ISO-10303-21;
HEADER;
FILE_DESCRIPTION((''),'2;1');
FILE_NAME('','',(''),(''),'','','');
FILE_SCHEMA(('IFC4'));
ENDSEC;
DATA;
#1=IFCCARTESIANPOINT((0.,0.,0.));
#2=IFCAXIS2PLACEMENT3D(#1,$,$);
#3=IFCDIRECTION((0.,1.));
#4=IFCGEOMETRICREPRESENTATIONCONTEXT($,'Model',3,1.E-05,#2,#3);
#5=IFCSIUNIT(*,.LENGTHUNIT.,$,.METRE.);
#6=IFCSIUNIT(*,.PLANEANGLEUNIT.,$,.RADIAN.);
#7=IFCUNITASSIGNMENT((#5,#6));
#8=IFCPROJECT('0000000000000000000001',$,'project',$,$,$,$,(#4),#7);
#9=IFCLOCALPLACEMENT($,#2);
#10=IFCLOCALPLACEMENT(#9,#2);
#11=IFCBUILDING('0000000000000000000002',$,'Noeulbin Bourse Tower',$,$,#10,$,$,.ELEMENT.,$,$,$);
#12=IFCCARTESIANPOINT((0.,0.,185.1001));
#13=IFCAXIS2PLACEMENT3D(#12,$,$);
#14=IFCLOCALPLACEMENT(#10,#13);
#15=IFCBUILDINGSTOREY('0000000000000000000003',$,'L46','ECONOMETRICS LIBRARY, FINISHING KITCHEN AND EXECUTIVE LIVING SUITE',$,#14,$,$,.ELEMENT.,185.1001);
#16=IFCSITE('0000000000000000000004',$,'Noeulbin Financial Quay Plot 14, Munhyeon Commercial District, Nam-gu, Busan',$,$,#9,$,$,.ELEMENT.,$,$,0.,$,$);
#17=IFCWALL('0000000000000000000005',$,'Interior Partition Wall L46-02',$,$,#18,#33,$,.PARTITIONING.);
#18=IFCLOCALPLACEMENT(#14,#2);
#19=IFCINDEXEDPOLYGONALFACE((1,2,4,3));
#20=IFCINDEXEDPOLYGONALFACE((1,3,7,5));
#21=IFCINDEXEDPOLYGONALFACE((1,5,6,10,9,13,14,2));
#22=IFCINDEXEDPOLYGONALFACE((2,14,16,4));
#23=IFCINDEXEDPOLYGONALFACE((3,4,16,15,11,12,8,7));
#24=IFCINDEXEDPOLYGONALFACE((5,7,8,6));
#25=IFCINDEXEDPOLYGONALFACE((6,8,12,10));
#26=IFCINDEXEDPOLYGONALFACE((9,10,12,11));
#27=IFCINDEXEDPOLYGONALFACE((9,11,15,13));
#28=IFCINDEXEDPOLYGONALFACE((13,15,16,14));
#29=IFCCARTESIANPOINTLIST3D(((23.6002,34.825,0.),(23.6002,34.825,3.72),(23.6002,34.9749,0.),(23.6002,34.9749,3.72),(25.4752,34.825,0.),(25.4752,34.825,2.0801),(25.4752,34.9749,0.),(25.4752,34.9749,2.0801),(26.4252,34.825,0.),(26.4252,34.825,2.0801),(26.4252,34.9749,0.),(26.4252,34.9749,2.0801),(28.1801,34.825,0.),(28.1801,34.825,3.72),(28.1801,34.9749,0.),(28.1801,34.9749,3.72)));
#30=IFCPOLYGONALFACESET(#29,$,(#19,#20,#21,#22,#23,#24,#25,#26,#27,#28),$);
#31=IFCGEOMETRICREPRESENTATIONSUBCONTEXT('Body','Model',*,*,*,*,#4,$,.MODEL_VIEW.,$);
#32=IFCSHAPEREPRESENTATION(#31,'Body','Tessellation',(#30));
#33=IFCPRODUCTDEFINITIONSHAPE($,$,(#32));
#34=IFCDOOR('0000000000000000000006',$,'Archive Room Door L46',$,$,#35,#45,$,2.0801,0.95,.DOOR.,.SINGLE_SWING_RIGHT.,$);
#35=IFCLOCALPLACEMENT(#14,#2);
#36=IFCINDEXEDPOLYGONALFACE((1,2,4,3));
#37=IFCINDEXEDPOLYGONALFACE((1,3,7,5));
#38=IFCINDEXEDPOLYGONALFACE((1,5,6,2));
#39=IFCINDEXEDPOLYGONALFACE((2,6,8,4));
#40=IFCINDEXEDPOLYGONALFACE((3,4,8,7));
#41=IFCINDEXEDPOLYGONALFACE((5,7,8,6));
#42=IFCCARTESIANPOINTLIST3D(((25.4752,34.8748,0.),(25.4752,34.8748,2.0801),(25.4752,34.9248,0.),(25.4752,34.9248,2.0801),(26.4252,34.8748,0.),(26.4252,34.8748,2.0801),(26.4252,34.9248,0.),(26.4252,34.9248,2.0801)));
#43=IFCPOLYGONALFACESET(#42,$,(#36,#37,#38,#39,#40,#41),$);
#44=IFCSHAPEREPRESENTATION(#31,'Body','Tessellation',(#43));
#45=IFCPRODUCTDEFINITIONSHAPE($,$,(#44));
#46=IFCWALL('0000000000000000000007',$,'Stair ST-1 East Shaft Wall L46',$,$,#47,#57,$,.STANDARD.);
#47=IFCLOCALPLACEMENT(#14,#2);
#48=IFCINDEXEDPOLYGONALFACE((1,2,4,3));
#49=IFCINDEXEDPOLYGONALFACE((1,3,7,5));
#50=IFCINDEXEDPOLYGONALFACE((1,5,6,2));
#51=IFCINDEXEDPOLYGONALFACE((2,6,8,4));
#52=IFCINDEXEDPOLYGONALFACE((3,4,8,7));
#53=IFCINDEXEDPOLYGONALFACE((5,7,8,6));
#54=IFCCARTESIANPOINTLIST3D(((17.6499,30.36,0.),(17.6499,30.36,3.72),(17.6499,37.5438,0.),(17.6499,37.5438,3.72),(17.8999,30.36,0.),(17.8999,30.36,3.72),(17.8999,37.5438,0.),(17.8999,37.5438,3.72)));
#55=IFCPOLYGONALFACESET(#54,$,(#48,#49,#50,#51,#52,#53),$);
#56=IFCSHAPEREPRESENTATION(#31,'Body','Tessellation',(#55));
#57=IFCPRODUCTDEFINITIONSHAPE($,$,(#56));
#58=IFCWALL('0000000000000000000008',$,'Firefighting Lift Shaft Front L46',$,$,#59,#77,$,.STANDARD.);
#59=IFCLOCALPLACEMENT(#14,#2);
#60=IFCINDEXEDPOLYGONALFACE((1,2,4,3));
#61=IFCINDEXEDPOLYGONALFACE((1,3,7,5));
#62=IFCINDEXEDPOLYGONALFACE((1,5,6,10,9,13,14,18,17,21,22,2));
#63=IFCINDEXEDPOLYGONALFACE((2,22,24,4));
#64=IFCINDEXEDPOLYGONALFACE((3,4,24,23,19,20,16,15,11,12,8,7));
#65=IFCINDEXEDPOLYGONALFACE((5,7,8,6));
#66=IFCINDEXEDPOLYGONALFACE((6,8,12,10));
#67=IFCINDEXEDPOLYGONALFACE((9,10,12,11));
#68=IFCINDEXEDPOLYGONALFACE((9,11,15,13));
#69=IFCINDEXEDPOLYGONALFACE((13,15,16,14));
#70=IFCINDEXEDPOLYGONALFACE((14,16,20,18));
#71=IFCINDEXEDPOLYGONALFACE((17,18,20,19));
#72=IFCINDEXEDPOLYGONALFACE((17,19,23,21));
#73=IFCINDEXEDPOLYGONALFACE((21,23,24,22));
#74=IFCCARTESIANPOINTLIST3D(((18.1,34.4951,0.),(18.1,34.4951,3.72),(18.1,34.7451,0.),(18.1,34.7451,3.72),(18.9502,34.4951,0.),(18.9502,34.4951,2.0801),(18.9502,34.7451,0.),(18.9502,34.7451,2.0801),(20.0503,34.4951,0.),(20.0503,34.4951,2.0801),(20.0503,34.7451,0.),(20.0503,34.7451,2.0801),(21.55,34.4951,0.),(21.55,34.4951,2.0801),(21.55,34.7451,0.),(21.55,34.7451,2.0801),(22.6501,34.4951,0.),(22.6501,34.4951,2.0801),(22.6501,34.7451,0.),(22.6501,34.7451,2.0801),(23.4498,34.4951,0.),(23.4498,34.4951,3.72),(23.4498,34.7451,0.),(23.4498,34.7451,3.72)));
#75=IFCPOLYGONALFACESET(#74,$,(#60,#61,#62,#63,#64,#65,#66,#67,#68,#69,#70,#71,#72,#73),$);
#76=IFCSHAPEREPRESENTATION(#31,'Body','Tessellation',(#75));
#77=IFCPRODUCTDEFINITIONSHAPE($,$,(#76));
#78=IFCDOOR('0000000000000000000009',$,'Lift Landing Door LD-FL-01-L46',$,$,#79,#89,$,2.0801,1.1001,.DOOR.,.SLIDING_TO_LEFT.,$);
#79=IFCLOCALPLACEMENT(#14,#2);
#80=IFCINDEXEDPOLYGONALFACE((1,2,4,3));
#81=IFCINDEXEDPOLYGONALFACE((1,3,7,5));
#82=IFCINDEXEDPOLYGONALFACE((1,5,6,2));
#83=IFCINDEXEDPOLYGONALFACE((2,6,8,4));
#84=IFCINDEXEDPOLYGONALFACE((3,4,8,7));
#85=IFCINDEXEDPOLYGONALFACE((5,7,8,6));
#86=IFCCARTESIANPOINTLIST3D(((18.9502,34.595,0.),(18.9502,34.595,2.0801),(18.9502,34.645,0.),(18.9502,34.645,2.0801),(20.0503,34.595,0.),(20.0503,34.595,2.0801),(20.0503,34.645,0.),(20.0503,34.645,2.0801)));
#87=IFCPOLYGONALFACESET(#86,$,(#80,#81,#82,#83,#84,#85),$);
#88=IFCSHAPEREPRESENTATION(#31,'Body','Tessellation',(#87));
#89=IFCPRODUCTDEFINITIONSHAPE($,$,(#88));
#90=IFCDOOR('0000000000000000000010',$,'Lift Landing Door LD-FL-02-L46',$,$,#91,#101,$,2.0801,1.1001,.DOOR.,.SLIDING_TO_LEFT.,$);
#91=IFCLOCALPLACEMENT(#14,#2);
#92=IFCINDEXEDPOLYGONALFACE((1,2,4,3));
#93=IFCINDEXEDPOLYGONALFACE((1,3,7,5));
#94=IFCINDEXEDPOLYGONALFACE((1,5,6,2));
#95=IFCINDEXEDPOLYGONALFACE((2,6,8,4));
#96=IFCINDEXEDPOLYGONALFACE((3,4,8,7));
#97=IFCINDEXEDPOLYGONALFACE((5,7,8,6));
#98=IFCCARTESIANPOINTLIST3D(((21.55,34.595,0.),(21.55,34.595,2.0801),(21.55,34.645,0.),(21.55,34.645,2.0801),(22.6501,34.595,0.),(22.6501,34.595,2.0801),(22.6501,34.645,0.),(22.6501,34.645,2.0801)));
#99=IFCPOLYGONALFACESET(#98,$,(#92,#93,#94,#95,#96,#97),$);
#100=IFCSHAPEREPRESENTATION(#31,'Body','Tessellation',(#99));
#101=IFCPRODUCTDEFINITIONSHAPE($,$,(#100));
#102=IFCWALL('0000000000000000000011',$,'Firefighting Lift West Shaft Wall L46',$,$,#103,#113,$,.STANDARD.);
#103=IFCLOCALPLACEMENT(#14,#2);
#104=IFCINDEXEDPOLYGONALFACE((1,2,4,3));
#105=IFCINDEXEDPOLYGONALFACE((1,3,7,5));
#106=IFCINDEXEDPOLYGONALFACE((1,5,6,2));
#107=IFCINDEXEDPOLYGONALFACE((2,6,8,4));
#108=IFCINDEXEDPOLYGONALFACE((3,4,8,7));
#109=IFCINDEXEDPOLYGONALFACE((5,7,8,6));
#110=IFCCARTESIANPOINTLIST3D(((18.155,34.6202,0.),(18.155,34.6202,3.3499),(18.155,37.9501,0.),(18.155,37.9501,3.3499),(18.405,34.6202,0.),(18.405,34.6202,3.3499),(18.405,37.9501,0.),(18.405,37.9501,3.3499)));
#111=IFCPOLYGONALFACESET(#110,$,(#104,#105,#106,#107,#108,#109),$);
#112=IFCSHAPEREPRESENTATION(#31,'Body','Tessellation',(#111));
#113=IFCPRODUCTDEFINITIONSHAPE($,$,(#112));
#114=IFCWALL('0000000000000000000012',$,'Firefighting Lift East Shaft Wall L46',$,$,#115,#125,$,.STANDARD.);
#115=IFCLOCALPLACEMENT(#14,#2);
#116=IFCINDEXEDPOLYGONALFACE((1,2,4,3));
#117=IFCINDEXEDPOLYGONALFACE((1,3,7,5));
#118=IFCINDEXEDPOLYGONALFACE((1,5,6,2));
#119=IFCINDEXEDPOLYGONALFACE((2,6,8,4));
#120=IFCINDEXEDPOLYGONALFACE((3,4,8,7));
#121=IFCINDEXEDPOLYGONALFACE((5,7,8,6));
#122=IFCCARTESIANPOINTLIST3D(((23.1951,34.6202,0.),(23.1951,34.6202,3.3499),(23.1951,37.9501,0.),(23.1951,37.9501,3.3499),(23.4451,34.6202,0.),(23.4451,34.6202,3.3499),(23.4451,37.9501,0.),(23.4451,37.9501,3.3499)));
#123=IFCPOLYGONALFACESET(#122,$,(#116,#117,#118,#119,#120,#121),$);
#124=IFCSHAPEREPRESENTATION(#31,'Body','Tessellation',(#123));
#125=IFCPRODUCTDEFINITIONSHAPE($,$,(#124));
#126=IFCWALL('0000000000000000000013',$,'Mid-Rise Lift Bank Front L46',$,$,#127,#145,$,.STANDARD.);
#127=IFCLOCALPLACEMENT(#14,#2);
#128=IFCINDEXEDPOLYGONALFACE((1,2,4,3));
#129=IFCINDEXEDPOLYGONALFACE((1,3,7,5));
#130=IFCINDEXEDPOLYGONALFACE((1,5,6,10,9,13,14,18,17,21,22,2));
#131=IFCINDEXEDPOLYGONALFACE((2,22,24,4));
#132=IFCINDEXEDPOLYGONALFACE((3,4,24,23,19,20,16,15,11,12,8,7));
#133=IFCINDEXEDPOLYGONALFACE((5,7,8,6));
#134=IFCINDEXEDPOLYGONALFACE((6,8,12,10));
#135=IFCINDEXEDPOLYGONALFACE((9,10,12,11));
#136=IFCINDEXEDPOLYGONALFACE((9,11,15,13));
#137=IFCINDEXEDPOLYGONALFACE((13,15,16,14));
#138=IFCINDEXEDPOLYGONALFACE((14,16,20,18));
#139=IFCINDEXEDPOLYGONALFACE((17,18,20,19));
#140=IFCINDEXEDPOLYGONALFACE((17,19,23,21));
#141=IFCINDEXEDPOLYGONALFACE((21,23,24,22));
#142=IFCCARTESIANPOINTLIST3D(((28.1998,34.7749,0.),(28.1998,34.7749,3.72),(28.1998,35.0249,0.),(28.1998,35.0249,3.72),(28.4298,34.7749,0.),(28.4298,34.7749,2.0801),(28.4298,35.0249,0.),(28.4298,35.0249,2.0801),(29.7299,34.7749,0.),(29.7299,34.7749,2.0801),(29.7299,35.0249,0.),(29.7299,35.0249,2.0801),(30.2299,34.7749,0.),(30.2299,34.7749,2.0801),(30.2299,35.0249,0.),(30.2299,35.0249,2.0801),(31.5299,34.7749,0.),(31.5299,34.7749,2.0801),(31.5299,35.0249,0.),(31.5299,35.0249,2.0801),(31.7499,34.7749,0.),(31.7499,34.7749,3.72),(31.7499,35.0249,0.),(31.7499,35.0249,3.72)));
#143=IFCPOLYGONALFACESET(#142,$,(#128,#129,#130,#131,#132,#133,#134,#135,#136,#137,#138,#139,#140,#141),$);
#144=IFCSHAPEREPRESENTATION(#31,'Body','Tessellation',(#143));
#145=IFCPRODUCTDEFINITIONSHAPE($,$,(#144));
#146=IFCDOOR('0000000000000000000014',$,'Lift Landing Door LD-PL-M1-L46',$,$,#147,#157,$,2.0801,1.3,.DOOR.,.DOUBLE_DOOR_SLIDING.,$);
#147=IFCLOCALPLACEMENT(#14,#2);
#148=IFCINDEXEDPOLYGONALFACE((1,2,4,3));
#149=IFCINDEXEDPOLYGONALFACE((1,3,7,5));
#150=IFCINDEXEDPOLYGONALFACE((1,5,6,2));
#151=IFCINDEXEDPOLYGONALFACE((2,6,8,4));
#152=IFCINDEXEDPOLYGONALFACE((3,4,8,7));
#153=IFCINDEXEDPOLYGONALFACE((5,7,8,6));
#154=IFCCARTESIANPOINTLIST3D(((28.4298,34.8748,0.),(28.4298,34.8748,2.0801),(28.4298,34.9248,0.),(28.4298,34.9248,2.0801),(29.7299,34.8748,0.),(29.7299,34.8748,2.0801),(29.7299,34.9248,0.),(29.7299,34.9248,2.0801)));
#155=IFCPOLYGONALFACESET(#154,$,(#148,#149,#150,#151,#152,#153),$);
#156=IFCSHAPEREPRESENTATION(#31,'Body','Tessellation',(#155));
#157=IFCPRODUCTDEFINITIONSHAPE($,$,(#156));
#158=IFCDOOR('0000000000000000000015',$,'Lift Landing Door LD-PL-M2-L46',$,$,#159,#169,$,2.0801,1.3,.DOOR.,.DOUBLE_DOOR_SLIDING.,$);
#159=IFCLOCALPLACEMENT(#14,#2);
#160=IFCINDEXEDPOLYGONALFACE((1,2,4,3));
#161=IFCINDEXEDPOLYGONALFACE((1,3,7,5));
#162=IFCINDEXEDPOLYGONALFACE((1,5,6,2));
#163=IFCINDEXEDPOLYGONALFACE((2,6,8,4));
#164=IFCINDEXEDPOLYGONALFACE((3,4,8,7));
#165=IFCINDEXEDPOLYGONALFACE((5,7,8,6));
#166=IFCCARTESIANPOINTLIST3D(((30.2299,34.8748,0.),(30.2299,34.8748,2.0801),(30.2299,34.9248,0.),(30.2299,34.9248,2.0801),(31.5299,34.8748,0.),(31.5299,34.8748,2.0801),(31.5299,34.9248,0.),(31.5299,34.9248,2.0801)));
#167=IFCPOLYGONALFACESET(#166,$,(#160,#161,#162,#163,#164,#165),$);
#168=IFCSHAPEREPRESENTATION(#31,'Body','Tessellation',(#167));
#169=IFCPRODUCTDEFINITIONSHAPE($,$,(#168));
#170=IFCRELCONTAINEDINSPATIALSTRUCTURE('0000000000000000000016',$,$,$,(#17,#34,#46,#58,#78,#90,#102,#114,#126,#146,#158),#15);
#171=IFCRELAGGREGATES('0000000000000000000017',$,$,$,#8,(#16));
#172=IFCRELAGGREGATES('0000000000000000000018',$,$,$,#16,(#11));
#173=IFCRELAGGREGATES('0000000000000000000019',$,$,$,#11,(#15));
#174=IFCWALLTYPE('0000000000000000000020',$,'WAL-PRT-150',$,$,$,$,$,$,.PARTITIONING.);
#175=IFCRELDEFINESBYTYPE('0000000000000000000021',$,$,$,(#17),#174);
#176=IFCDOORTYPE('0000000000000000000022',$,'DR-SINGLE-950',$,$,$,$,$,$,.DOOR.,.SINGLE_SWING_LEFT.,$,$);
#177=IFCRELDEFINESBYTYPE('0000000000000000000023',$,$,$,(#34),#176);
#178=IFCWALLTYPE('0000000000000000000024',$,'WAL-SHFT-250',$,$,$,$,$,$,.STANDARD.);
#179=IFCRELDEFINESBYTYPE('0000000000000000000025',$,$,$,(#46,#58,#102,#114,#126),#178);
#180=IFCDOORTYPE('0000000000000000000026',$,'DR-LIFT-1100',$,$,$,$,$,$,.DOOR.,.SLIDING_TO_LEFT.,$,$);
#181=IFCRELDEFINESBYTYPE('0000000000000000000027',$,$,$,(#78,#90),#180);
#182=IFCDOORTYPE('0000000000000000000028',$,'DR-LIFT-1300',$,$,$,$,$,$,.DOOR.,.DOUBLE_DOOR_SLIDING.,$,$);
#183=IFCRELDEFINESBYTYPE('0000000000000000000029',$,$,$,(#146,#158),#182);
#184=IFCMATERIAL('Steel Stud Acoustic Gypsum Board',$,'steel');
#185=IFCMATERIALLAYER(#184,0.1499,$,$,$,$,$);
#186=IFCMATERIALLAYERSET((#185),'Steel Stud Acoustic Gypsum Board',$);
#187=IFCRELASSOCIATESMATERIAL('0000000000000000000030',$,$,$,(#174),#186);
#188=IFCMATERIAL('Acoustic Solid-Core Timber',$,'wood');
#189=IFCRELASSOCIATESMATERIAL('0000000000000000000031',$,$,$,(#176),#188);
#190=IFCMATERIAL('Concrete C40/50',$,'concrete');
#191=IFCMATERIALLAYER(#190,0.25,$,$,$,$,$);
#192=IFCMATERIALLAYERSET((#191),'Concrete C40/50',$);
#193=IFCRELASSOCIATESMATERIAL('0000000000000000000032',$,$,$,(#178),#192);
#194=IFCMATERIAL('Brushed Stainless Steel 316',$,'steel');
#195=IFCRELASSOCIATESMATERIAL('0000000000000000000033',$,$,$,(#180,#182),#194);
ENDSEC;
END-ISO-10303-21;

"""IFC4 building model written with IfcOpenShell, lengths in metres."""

from ifc_helpers import new_model, si_unit, direction, frame, frame_2d, origin, place, context, subcontext, project, spatial, rectangle, extrude, material, layer, layer_set, type_object, element, fill, save


model = new_model("IFC4")

# Units and contexts
model_context = context("Model", 3, precision=1e-05, world=origin(), true_north=direction((0.0, 1.0)))
body_context = subcontext(model_context, "Body", "Model", "MODEL_VIEW")
ifc_project = project(units=[si_unit("LENGTHUNIT", "METRE"), si_unit("PLANEANGLEUNIT", "RADIAN")], contexts=[model_context])

# Site, building, storey
site_placement = place(None, origin())
site = spatial("IfcSite", under=ifc_project, at=site_placement, Name="Noeulbin Financial Quay Plot 14, Munhyeon Commercial District, Nam-gu, Busan", CompositionType="ELEMENT", RefElevation=0.0)
building_placement = place(site_placement, origin())
building = spatial("IfcBuilding", under=site, at=building_placement, Name="Noeulbin Bourse Tower", CompositionType="ELEMENT")
storey_placement = place(building_placement, frame((0.0, 0.0, 185.1001)))
storey = spatial("IfcBuildingStorey", under=building, at=storey_placement, Name="L46", Description="ECONOMETRICS LIBRARY, FINISHING KITCHEN AND EXECUTIVE LIVING SUITE", CompositionType="ELEMENT", Elevation=185.1001)

# Shared definitions
ifc_material_1 = material(Name="Concrete C40/50", Category="concrete")

# Wall, opening, door
ifc_material_2 = material(Name="Steel Stud Acoustic Gypsum Board", Category="steel")
ifc_layer_1 = layer(ifc_material_2, 0.1499)
ifc_layer_set_1 = layer_set([ifc_layer_1], Name="Steel Stud Acoustic Gypsum Board")
wall_type_1 = type_object("IfcWallType", Name="WAL-PRT-150", PredefinedType="PARTITIONING", material=ifc_layer_set_1)
wall_1_placement = place(storey_placement, frame((23.6001, 34.8999, 0.0), z_axis=(0.0, 0.0, 1.0), x_axis=(1.0, 0.0, 0.0)))
wall_1 = element("IfcWall", 1, at=wall_1_placement, inside=storey, type_object=wall_type_1, Name="Interior Partition Wall L46-02", PredefinedType="PARTITIONING", context=body_context, shape_type="SweptSolid", body=[
    extrude(rectangle(XDim=4.5798, YDim=0.1499, at=frame_2d((2.29, 0.0))), origin(), (0.0, 0.0, 1.0), 3.72),
])
opening_1_placement = place(wall_1_placement, frame((1.875, 0.0, 0.0)))
opening_1 = element("IfcOpeningElement", 2, at=opening_1_placement, cuts=wall_1, PredefinedType="OPENING", context=body_context, shape_type="SweptSolid", body=[
    extrude(rectangle(XDim=0.95, YDim=2.0801, at=frame_2d((0.4751, 1.04))), frame((0.0, 0.085, 0.0), z_axis=(0.0, -1.0, 0.0), x_axis=(1.0, 0.0, 0.0)), (0.0, 0.0, 1.0), 0.1699),
])
ifc_material_3 = material(Name="Acoustic Solid-Core Timber", Category="wood")
door_type_1 = type_object("IfcDoorType", Name="DR-SINGLE-950", OperationType="SINGLE_SWING_LEFT", PredefinedType="DOOR", material=ifc_material_3)
door_1_placement = place(opening_1_placement, origin())
door_1 = element("IfcDoor", 3, at=door_1_placement, inside=storey, type_object=door_type_1, Name="Archive Room Door L46", OperationType="SINGLE_SWING_RIGHT", OverallHeight=2.0801, OverallWidth=0.95, PredefinedType="DOOR", context=body_context, shape_type="SweptSolid", body=[
    extrude(rectangle(XDim=0.95, YDim=2.0801, at=frame_2d((0.4751, 1.04))), frame((0.0, 0.0249, 0.0), z_axis=(0.0, -1.0, 0.0), x_axis=(1.0, 0.0, 0.0)), (0.0, 0.0, 1.0), 0.05),
])
fill(opening_1, door_1)

# Wall
ifc_layer_2 = layer(ifc_material_1, 0.25)
ifc_layer_set_2 = layer_set([ifc_layer_2], Name="Concrete C40/50")
wall_type_2 = type_object("IfcWallType", Name="WAL-SHFT-250", PredefinedType="STANDARD", material=ifc_layer_set_2)
wall_2_placement = place(storey_placement, frame((17.7749, 30.3601, 0.0), z_axis=(0.0, 0.0, 1.0), x_axis=(0.0, 1.0, 0.0)))
element("IfcWall", 4, at=wall_2_placement, inside=storey, type_object=wall_type_2, Name="Stair ST-1 East Shaft Wall L46", PredefinedType="STANDARD", context=body_context, shape_type="SweptSolid", body=[
    extrude(rectangle(XDim=7.1838, YDim=0.25, at=frame_2d((3.5918, 0.0))), origin(), (0.0, 0.0, 1.0), 3.72),
])

# Wall, openings, doors
wall_3_placement = place(storey_placement, frame((18.1001, 34.6201, 0.0), z_axis=(0.0, 0.0, 1.0), x_axis=(1.0, 0.0, 0.0)))
wall_3 = element("IfcWall", 5, at=wall_3_placement, inside=storey, type_object=wall_type_2, Name="Firefighting Lift Shaft Front L46", PredefinedType="STANDARD", context=body_context, shape_type="SweptSolid", body=[
    extrude(rectangle(XDim=5.3499, YDim=0.25, at=frame_2d((2.6748, 0.0))), origin(), (0.0, 0.0, 1.0), 3.72),
])
opening_2_placement = place(wall_3_placement, frame((0.8501, 0.0, 0.0)))
opening_2 = element("IfcOpeningElement", 6, at=opening_2_placement, cuts=wall_3, PredefinedType="OPENING", context=body_context, shape_type="SweptSolid", body=[
    extrude(rectangle(XDim=1.1001, YDim=2.0801, at=frame_2d((0.55, 1.04))), frame((0.0, 0.135, 0.0), z_axis=(0.0, -1.0, 0.0), x_axis=(1.0, 0.0, 0.0)), (0.0, 0.0, 1.0), 0.27),
])
opening_3_placement = place(wall_3_placement, frame((3.45, 0.0, 0.0)))
opening_3 = element("IfcOpeningElement", 7, at=opening_3_placement, cuts=wall_3, PredefinedType="OPENING", context=body_context, shape_type="SweptSolid", body=[
    extrude(rectangle(XDim=1.1001, YDim=2.0801, at=frame_2d((0.55, 1.04))), frame((0.0, 0.135, 0.0), z_axis=(0.0, -1.0, 0.0), x_axis=(1.0, 0.0, 0.0)), (0.0, 0.0, 1.0), 0.27),
])
ifc_material_4 = material(Name="Brushed Stainless Steel 316", Category="steel")
door_type_2 = type_object("IfcDoorType", Name="DR-LIFT-1100", OperationType="SLIDING_TO_LEFT", PredefinedType="DOOR", material=ifc_material_4)
door_2_placement = place(opening_2_placement, origin())
door_2 = element("IfcDoor", 8, at=door_2_placement, inside=storey, type_object=door_type_2, Name="Lift Landing Door LD-FL-01-L46", OperationType="SLIDING_TO_LEFT", OverallHeight=2.0801, OverallWidth=1.1001, PredefinedType="DOOR", context=body_context, shape_type="SweptSolid", body=[
    extrude(rectangle(XDim=1.1001, YDim=2.0801, at=frame_2d((0.55, 1.04))), frame((0.0, 0.0249, 0.0), z_axis=(0.0, -1.0, 0.0), x_axis=(1.0, 0.0, 0.0)), (0.0, 0.0, 1.0), 0.05),
])
fill(opening_2, door_2)
door_3_placement = place(opening_3_placement, origin())
door_3 = element("IfcDoor", 9, at=door_3_placement, inside=storey, type_object=door_type_2, Name="Lift Landing Door LD-FL-02-L46", OperationType="SLIDING_TO_LEFT", OverallHeight=2.0801, OverallWidth=1.1001, PredefinedType="DOOR", context=body_context, shape_type="SweptSolid", body=[
    extrude(rectangle(XDim=1.1001, YDim=2.0801, at=frame_2d((0.55, 1.04))), frame((0.0, 0.0249, 0.0), z_axis=(0.0, -1.0, 0.0), x_axis=(1.0, 0.0, 0.0)), (0.0, 0.0, 1.0), 0.05),
])
fill(opening_3, door_3)

# Walls
for number, where, z_axis, x_axis, name in (
    (10, (18.28, 34.6201, 0.0), (0.0, 0.0, 1.0), (0.0, 1.0, 0.0), "Firefighting Lift West Shaft Wall L46"),
    (11, (23.3201, 34.6201, 0.0), (0.0, 0.0, 1.0), (0.0, 1.0, 0.0), "Firefighting Lift East Shaft Wall L46"),
):
    element("IfcWall", number, at=place(storey_placement, frame(where, z_axis=z_axis, x_axis=x_axis)), inside=storey, type_object=wall_type_2, Name=name, PredefinedType="STANDARD", context=body_context, shape_type="SweptSolid", body=[
        extrude(rectangle(XDim=3.3298, YDim=0.25, at=frame_2d((1.665, 0.0))), origin(), (0.0, 0.0, 1.0), 3.3499),
    ])

# Wall, openings, doors
wall_4_placement = place(storey_placement, frame((28.2, 34.8999, 0.0), z_axis=(0.0, 0.0, 1.0), x_axis=(1.0, 0.0, 0.0)))
wall_4 = element("IfcWall", 12, at=wall_4_placement, inside=storey, type_object=wall_type_2, Name="Mid-Rise Lift Bank Front L46", PredefinedType="STANDARD", context=body_context, shape_type="SweptSolid", body=[
    extrude(rectangle(XDim=3.55, YDim=0.25, at=frame_2d((1.7749, 0.0))), origin(), (0.0, 0.0, 1.0), 3.72),
])
opening_4_placement = place(wall_4_placement, frame((0.23, 0.0, 0.0)))
opening_4 = element("IfcOpeningElement", 13, at=opening_4_placement, cuts=wall_4, PredefinedType="OPENING", context=body_context, shape_type="SweptSolid", body=[
    extrude(rectangle(XDim=1.3, YDim=2.0801, at=frame_2d((0.6499, 1.04))), frame((0.0, 0.135, 0.0), z_axis=(0.0, -1.0, 0.0), x_axis=(1.0, 0.0, 0.0)), (0.0, 0.0, 1.0), 0.27),
])
opening_5_placement = place(wall_4_placement, frame((2.03, 0.0, 0.0)))
opening_5 = element("IfcOpeningElement", 14, at=opening_5_placement, cuts=wall_4, PredefinedType="OPENING", context=body_context, shape_type="SweptSolid", body=[
    extrude(rectangle(XDim=1.3, YDim=2.0801, at=frame_2d((0.6499, 1.04))), frame((0.0, 0.135, 0.0), z_axis=(0.0, -1.0, 0.0), x_axis=(1.0, 0.0, 0.0)), (0.0, 0.0, 1.0), 0.27),
])
door_type_3 = type_object("IfcDoorType", Name="DR-LIFT-1300", OperationType="DOUBLE_DOOR_SLIDING", PredefinedType="DOOR", material=ifc_material_4)
door_4_placement = place(opening_4_placement, origin())
door_4 = element("IfcDoor", 15, at=door_4_placement, inside=storey, type_object=door_type_3, Name="Lift Landing Door LD-PL-M1-L46", OperationType="DOUBLE_DOOR_SLIDING", OverallHeight=2.0801, OverallWidth=1.3, PredefinedType="DOOR", context=body_context, shape_type="SweptSolid", body=[
    extrude(rectangle(XDim=1.3, YDim=2.0801, at=frame_2d((0.6499, 1.04))), frame((0.0, 0.0249, 0.0), z_axis=(0.0, -1.0, 0.0), x_axis=(1.0, 0.0, 0.0)), (0.0, 0.0, 1.0), 0.05),
])
fill(opening_4, door_4)
door_5_placement = place(opening_5_placement, origin())
door_5 = element("IfcDoor", 16, at=door_5_placement, inside=storey, type_object=door_type_3, Name="Lift Landing Door LD-PL-M2-L46", OperationType="DOUBLE_DOOR_SLIDING", OverallHeight=2.0801, OverallWidth=1.3, PredefinedType="DOOR", context=body_context, shape_type="SweptSolid", body=[
    extrude(rectangle(XDim=1.3, YDim=2.0801, at=frame_2d((0.6499, 1.04))), frame((0.0, 0.0249, 0.0), z_axis=(0.0, -1.0, 0.0), x_axis=(1.0, 0.0, 0.0)), (0.0, 0.0, 1.0), 0.05),
])
fill(opening_5, door_5)

save(model, "model.ifc")
